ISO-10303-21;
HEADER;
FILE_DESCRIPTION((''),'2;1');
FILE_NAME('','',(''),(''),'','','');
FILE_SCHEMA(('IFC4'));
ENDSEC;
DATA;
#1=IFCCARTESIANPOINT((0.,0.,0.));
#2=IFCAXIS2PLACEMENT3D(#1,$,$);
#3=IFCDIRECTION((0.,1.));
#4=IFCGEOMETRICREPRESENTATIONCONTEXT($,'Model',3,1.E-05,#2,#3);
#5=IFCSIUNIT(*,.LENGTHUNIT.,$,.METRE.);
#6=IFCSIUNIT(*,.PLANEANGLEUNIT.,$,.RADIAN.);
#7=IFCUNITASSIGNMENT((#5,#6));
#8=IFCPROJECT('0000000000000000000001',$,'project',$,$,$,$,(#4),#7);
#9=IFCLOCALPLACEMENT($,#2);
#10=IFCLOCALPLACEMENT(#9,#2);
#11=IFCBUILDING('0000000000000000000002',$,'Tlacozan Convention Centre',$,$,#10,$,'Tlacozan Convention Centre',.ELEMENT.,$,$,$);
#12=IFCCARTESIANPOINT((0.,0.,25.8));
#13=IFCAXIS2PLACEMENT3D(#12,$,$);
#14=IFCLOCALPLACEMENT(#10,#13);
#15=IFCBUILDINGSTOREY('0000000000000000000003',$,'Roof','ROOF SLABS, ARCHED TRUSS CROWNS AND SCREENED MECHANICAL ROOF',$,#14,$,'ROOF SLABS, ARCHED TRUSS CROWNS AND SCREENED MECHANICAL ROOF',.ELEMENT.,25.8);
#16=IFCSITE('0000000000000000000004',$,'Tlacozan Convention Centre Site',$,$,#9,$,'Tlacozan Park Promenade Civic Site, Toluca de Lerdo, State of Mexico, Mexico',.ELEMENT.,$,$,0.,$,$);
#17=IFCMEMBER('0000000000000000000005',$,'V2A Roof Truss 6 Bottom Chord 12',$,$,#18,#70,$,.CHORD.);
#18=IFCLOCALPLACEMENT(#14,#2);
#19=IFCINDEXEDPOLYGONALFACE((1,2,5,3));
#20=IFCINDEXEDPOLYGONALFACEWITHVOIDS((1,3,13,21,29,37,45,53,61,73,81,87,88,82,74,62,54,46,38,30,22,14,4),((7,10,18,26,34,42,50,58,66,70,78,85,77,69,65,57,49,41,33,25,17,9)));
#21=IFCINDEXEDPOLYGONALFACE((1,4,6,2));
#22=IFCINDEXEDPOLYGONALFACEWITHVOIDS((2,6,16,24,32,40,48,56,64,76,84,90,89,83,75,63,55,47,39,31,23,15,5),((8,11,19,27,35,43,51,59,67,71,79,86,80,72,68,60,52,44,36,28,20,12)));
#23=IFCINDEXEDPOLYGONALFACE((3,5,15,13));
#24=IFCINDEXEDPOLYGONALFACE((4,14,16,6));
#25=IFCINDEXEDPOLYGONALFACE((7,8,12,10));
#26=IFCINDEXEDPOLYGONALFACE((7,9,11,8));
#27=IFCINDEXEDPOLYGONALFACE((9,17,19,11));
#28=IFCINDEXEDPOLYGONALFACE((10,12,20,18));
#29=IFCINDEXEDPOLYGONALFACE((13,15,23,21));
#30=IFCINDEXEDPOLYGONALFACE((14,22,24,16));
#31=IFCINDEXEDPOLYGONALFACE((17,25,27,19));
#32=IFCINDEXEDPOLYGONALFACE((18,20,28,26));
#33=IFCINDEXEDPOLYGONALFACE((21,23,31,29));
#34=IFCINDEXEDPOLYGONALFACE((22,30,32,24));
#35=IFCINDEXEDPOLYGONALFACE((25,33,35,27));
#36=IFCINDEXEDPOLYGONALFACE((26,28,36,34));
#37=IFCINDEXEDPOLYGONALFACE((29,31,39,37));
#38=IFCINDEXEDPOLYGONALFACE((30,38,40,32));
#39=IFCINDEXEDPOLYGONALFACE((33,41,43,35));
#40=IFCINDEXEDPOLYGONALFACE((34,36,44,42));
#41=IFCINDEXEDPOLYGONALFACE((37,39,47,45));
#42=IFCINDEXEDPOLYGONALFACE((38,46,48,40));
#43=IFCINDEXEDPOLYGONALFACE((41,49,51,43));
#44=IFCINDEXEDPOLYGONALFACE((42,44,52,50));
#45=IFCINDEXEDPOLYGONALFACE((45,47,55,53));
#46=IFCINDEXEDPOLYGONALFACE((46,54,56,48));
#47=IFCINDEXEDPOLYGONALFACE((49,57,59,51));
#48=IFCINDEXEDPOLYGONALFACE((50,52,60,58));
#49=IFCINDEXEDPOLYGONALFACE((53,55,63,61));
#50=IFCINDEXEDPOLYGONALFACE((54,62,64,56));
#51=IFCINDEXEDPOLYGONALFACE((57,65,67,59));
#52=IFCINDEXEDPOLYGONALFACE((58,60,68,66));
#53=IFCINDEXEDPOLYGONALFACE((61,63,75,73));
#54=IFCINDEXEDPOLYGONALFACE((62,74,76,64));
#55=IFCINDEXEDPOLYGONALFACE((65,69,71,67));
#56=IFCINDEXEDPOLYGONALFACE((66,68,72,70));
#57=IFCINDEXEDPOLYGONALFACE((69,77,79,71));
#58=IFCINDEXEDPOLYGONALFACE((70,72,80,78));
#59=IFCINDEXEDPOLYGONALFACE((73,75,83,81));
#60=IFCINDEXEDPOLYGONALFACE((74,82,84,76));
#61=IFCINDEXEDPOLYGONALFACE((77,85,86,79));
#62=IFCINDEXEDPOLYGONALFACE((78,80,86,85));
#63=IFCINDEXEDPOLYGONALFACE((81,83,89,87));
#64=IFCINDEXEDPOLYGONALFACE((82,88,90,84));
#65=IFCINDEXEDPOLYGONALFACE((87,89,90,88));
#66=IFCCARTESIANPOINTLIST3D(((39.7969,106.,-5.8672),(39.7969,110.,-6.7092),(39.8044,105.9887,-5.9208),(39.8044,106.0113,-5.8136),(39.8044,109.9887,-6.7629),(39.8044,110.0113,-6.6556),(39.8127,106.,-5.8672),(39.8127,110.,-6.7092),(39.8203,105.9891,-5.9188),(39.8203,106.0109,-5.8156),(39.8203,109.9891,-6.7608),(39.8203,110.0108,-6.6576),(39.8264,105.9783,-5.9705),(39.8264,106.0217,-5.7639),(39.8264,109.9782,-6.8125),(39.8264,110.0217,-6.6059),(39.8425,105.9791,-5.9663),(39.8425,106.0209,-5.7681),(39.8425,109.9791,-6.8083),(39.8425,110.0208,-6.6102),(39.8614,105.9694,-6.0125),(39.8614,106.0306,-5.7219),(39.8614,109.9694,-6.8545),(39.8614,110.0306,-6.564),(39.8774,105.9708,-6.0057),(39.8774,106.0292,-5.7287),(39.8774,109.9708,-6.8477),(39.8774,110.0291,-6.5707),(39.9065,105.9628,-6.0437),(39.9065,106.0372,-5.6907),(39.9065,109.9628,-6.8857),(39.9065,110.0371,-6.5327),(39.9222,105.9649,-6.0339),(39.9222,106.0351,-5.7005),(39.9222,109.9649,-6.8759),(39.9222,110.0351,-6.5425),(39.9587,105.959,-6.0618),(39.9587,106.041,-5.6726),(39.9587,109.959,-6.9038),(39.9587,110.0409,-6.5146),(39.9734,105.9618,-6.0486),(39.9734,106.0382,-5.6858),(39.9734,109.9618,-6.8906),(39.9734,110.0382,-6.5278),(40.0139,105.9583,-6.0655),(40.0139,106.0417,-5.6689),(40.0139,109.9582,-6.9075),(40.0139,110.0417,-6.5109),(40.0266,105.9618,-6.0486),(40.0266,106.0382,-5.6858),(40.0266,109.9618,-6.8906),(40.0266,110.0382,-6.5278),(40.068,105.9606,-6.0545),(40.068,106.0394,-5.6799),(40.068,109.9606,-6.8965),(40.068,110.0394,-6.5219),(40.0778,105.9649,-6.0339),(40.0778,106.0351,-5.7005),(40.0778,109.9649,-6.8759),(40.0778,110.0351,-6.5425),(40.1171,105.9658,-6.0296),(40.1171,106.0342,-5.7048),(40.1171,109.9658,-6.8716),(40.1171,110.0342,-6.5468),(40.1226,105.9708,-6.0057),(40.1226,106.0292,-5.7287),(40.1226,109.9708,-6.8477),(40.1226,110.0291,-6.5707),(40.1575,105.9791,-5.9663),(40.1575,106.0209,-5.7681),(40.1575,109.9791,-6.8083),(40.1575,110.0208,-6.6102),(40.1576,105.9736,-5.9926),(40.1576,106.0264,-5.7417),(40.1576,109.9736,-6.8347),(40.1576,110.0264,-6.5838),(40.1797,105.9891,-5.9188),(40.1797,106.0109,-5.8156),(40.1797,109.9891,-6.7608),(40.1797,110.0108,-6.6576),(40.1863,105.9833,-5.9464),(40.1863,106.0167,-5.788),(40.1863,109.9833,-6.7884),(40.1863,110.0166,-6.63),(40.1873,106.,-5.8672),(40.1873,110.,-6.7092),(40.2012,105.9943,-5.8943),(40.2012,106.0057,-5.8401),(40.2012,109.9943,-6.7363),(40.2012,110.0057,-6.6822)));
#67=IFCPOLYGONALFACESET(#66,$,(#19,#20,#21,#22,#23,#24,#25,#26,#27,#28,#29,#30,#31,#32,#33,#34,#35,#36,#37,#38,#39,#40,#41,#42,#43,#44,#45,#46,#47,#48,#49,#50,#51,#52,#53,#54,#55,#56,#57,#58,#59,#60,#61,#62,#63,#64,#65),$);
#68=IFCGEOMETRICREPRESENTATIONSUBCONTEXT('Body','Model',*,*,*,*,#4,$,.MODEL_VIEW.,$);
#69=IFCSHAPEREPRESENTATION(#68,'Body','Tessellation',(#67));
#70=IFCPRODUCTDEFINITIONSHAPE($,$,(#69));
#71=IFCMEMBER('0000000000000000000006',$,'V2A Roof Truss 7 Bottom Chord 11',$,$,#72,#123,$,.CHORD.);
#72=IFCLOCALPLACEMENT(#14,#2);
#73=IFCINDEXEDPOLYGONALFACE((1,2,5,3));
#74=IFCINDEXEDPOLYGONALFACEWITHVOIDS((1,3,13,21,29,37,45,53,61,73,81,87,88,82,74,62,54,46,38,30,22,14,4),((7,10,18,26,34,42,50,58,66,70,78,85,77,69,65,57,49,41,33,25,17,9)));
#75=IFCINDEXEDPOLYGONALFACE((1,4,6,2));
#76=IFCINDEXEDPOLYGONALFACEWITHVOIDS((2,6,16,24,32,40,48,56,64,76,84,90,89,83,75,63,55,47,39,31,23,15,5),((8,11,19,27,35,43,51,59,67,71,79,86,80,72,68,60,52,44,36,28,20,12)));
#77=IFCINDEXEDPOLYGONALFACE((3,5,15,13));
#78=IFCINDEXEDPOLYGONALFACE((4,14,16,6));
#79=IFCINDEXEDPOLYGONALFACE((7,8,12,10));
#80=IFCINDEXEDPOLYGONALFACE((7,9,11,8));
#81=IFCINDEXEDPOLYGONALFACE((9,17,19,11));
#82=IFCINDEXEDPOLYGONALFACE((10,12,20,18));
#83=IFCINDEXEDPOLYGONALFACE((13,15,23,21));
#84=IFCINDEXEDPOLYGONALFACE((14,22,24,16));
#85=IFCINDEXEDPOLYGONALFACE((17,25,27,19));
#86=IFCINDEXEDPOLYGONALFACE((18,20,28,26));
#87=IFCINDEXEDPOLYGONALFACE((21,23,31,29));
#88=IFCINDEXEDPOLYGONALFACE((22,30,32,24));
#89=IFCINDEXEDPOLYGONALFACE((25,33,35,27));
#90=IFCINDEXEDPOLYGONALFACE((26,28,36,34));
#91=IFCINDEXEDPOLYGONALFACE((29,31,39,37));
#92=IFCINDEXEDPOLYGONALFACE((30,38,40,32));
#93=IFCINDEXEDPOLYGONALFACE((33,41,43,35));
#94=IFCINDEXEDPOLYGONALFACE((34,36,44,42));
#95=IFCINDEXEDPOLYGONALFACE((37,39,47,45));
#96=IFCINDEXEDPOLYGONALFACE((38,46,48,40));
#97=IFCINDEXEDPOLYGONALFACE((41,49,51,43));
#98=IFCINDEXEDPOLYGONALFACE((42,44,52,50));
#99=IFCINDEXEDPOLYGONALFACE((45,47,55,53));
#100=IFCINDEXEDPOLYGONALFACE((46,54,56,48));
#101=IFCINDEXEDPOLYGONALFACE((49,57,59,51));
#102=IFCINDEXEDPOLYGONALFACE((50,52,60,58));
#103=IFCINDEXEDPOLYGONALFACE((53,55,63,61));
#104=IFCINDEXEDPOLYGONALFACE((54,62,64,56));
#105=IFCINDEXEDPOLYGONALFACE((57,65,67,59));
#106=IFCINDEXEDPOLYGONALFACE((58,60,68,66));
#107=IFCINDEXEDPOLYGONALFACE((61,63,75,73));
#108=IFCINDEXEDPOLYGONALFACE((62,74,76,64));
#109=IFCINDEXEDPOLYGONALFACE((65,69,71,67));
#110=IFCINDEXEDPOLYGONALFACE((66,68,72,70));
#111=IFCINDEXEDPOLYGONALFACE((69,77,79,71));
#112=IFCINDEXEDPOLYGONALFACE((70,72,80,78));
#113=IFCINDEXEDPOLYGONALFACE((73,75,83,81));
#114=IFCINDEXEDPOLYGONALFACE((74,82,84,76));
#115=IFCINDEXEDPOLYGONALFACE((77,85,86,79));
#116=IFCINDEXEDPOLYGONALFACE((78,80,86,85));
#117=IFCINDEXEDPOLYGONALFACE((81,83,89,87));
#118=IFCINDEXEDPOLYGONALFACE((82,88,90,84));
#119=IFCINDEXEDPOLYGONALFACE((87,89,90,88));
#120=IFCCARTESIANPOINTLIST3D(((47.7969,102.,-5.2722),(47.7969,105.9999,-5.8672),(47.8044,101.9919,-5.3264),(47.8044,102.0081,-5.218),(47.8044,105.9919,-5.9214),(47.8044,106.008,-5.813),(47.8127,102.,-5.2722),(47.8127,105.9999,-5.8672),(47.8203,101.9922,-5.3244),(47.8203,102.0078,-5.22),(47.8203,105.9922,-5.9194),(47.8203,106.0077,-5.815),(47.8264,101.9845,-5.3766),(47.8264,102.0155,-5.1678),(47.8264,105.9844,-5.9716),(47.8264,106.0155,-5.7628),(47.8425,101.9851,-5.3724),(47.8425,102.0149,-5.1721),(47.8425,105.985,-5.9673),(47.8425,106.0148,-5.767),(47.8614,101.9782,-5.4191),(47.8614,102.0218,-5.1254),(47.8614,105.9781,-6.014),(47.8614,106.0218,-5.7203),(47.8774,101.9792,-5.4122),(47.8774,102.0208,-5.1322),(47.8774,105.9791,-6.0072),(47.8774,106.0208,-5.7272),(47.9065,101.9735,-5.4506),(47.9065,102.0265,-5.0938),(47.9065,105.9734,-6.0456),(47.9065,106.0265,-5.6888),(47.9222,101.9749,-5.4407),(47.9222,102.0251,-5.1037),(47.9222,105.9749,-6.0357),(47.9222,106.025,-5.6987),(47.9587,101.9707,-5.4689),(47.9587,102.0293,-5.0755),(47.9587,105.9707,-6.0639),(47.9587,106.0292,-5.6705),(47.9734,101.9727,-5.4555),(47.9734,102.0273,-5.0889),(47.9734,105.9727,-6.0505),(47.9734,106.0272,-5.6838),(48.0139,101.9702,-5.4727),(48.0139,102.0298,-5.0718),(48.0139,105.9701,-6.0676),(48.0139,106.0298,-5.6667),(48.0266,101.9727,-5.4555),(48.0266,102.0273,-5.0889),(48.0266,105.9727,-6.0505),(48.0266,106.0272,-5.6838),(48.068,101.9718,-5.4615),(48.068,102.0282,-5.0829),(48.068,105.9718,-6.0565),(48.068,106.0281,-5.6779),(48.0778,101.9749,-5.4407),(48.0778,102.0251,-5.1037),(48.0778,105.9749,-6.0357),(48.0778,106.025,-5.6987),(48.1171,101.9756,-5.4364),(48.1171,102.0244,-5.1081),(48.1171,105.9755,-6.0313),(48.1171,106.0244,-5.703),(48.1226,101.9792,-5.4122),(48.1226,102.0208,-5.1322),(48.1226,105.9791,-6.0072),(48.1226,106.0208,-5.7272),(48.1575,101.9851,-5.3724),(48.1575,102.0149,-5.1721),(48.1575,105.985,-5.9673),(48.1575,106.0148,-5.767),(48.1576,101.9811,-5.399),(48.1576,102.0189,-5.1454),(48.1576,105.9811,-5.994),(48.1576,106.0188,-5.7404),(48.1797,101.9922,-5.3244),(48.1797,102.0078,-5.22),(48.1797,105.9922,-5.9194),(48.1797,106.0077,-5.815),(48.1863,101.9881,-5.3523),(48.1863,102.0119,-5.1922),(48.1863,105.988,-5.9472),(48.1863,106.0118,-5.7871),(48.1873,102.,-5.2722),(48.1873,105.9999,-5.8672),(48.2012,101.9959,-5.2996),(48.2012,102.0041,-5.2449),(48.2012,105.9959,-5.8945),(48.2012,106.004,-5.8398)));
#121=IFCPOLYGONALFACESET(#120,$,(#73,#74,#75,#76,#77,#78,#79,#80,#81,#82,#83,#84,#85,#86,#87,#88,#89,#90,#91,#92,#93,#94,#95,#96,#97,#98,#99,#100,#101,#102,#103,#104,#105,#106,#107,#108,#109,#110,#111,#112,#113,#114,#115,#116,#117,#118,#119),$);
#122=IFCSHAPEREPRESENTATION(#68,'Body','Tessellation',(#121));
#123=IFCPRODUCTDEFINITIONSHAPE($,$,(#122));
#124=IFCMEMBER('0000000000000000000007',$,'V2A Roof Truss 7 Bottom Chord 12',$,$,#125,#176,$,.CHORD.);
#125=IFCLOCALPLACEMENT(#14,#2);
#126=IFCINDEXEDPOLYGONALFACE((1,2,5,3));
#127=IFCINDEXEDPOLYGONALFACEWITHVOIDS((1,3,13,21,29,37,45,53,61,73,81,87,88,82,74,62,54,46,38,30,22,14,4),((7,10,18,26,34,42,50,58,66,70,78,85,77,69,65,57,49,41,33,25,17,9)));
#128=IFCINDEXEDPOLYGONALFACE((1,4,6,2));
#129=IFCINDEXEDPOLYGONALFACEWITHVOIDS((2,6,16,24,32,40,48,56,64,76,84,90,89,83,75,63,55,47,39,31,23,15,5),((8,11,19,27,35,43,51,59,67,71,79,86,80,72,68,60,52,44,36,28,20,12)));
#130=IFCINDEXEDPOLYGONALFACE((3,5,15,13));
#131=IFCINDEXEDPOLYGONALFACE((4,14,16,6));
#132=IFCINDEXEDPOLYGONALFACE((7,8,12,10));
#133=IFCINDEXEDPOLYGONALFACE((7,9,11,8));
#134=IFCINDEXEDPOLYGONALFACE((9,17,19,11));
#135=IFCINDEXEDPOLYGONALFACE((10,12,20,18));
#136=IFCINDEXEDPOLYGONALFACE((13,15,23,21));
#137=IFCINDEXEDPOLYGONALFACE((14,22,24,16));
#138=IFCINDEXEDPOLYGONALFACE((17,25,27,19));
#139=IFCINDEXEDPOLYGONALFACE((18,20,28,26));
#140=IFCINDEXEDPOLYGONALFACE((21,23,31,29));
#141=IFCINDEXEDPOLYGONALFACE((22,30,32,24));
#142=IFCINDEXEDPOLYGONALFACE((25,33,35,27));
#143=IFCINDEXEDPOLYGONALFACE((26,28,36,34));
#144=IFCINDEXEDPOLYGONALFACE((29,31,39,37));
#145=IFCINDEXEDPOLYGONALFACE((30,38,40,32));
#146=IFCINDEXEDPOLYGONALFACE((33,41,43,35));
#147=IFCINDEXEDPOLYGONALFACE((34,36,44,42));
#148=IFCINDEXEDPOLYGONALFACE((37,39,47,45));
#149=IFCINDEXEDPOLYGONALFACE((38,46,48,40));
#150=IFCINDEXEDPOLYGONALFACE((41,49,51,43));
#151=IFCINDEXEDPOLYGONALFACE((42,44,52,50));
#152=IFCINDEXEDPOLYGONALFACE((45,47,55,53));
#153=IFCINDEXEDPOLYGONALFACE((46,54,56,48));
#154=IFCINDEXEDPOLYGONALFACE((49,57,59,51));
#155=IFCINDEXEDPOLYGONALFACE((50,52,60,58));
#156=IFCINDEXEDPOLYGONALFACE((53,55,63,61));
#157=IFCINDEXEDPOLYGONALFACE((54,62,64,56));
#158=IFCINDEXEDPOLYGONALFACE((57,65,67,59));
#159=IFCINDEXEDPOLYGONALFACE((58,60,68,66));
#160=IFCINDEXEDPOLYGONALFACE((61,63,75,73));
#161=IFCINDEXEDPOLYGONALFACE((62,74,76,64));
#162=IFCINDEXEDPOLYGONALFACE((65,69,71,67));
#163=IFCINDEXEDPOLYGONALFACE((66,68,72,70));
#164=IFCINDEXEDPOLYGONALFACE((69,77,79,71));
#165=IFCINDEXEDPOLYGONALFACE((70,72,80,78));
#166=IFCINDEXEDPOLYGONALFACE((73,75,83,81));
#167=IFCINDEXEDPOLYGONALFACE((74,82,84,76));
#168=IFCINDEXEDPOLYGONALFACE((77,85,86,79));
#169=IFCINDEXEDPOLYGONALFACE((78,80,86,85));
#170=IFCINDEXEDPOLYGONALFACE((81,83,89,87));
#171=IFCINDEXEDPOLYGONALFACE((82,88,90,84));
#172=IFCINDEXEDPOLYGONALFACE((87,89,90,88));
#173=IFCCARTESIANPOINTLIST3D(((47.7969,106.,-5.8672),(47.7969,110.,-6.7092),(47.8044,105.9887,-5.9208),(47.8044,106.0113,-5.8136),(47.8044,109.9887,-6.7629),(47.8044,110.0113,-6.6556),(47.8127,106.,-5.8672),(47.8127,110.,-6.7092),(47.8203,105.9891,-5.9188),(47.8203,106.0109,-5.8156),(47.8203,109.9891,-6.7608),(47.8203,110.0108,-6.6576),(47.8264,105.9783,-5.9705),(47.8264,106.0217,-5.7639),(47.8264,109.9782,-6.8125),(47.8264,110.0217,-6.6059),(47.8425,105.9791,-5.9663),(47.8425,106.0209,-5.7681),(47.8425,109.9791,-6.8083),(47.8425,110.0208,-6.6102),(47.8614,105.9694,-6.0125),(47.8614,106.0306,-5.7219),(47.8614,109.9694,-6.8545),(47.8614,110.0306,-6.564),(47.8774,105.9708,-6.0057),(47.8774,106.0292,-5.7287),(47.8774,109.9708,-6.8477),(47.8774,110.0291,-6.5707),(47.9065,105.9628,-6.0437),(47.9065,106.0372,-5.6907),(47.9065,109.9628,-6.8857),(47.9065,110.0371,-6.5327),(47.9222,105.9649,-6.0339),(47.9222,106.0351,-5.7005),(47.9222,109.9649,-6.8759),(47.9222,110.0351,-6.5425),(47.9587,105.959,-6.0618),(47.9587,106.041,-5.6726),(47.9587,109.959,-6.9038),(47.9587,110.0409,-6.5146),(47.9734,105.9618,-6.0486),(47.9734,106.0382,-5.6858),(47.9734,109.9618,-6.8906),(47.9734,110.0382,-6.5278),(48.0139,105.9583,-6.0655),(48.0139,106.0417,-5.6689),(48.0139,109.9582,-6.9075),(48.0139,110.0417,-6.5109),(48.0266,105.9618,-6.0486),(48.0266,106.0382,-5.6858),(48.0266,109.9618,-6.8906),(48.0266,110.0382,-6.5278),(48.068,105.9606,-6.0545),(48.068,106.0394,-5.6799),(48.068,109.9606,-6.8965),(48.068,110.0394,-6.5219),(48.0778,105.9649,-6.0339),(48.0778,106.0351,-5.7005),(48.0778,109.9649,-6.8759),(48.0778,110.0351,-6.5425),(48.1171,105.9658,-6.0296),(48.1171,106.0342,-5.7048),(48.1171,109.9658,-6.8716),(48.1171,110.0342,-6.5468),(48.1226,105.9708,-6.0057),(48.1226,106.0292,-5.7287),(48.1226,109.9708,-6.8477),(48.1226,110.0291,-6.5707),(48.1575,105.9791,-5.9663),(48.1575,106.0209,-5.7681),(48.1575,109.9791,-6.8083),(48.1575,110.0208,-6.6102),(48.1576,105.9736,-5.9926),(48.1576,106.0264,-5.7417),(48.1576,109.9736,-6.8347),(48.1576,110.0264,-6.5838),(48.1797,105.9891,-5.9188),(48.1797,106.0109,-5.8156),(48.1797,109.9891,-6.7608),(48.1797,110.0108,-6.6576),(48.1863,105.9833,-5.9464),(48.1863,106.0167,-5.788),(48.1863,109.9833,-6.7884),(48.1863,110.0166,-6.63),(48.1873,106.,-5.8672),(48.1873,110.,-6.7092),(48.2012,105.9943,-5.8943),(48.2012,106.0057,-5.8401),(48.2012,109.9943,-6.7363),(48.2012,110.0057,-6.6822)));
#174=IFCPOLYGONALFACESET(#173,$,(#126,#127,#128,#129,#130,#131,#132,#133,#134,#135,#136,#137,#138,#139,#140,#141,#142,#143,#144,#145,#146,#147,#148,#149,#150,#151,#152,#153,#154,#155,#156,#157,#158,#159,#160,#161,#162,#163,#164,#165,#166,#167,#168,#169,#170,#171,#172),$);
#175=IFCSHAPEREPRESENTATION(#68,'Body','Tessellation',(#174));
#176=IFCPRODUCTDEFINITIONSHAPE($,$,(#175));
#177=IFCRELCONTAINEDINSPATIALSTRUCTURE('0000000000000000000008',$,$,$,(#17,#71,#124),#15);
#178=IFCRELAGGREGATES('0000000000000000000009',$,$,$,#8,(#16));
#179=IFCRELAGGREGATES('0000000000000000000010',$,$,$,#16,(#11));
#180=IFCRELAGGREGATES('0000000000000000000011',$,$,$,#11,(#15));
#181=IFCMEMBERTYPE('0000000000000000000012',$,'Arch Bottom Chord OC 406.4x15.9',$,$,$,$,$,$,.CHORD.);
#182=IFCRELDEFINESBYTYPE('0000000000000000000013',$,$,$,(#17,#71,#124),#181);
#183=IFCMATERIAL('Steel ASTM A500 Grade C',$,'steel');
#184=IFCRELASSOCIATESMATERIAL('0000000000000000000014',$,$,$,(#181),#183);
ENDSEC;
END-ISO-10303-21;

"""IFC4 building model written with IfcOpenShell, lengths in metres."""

from ifc_helpers import new_model, si_unit, direction, frame, origin, origin_2d, place, context, subcontext, project, spatial, hollow_circle, extrude, material, material_profile, profile_set, type_object, element, save


model = new_model("IFC4")

# Units and contexts
model_context = context("Model", 3, precision=1e-05, world=origin(), true_north=direction((0.0, 1.0)))
body_context = subcontext(model_context, "Body", "Model", "MODEL_VIEW")
ifc_project = project(units=[si_unit("LENGTHUNIT", "METRE"), si_unit("PLANEANGLEUNIT", "RADIAN")], contexts=[model_context])

# Site, building, storey
site_placement = place(None, origin())
site = spatial("IfcSite", under=ifc_project, at=site_placement, Name="Tlacozan Convention Centre Site", LongName="Tlacozan Park Promenade Civic Site, Toluca de Lerdo, State of Mexico, Mexico", CompositionType="ELEMENT", RefElevation=0.0)
building_placement = place(site_placement, origin())
building = spatial("IfcBuilding", under=site, at=building_placement, Name="Tlacozan Convention Centre", LongName="Tlacozan Convention Centre", CompositionType="ELEMENT")
storey_placement = place(building_placement, frame((0.0, 0.0, 25.8)))
storey = spatial("IfcBuildingStorey", under=building, at=storey_placement, Name="Roof", Description="ROOF SLABS, ARCHED TRUSS CROWNS AND SCREENED MECHANICAL ROOF", LongName="ROOF SLABS, ARCHED TRUSS CROWNS AND SCREENED MECHANICAL ROOF", CompositionType="ELEMENT", Elevation=25.8)

# Members
ifc_material_1 = material(Name="Steel ASTM A500 Grade C", Category="steel")
ifc_material_profile_1 = material_profile(ifc_material_1, hollow_circle(Radius=0.2031, WallThickness=0.0159, at=origin_2d()), Name="OC 406.4x15.9")
ifc_profile_set_1 = profile_set([ifc_material_profile_1], Name="Steel ASTM A500 Grade C")
member_type_1 = type_object("IfcMemberType", Name="Arch Bottom Chord OC 406.4x15.9", PredefinedType="CHORD", material=ifc_profile_set_1)
member_1_placement = place(storey_placement, frame((40.0, 106.0, -5.8672), z_axis=(0.0, 0.978553, -0.205995), x_axis=(-1.0, 0.0, 0.0)))
element("IfcMember", 1, at=member_1_placement, inside=storey, type_object=member_type_1, Name="V2A Roof Truss 6 Bottom Chord 12", PredefinedType="CHORD", context=body_context, shape_type="SweptSolid", body=[
    extrude(hollow_circle(Radius=0.2031, WallThickness=0.0159, at=origin_2d()), origin(), (0.0, 0.0, 1.0), 4.0876),
])
member_2_placement = place(storey_placement, frame((48.0, 102.0, -5.2722), z_axis=(0.0, 0.989118, -0.147124), x_axis=(-1.0, 0.0, 0.0)))
element("IfcMember", 2, at=member_2_placement, inside=storey, type_object=member_type_1, Name="V2A Roof Truss 7 Bottom Chord 11", PredefinedType="CHORD", context=body_context, shape_type="SweptSolid", body=[
    extrude(hollow_circle(Radius=0.2031, WallThickness=0.0159, at=origin_2d()), origin(), (0.0, 0.0, 1.0), 4.0439),
])
member_3_placement = place(storey_placement, frame((48.0, 106.0, -5.8672), z_axis=(0.0, 0.978553, -0.205995), x_axis=(-1.0, 0.0, 0.0)))
element("IfcMember", 3, at=member_3_placement, inside=storey, type_object=member_type_1, Name="V2A Roof Truss 7 Bottom Chord 12", PredefinedType="CHORD", context=body_context, shape_type="SweptSolid", body=[
    extrude(hollow_circle(Radius=0.2031, WallThickness=0.0159, at=origin_2d()), origin(), (0.0, 0.0, 1.0), 4.0876),
])

save(model, "model.ifc")
